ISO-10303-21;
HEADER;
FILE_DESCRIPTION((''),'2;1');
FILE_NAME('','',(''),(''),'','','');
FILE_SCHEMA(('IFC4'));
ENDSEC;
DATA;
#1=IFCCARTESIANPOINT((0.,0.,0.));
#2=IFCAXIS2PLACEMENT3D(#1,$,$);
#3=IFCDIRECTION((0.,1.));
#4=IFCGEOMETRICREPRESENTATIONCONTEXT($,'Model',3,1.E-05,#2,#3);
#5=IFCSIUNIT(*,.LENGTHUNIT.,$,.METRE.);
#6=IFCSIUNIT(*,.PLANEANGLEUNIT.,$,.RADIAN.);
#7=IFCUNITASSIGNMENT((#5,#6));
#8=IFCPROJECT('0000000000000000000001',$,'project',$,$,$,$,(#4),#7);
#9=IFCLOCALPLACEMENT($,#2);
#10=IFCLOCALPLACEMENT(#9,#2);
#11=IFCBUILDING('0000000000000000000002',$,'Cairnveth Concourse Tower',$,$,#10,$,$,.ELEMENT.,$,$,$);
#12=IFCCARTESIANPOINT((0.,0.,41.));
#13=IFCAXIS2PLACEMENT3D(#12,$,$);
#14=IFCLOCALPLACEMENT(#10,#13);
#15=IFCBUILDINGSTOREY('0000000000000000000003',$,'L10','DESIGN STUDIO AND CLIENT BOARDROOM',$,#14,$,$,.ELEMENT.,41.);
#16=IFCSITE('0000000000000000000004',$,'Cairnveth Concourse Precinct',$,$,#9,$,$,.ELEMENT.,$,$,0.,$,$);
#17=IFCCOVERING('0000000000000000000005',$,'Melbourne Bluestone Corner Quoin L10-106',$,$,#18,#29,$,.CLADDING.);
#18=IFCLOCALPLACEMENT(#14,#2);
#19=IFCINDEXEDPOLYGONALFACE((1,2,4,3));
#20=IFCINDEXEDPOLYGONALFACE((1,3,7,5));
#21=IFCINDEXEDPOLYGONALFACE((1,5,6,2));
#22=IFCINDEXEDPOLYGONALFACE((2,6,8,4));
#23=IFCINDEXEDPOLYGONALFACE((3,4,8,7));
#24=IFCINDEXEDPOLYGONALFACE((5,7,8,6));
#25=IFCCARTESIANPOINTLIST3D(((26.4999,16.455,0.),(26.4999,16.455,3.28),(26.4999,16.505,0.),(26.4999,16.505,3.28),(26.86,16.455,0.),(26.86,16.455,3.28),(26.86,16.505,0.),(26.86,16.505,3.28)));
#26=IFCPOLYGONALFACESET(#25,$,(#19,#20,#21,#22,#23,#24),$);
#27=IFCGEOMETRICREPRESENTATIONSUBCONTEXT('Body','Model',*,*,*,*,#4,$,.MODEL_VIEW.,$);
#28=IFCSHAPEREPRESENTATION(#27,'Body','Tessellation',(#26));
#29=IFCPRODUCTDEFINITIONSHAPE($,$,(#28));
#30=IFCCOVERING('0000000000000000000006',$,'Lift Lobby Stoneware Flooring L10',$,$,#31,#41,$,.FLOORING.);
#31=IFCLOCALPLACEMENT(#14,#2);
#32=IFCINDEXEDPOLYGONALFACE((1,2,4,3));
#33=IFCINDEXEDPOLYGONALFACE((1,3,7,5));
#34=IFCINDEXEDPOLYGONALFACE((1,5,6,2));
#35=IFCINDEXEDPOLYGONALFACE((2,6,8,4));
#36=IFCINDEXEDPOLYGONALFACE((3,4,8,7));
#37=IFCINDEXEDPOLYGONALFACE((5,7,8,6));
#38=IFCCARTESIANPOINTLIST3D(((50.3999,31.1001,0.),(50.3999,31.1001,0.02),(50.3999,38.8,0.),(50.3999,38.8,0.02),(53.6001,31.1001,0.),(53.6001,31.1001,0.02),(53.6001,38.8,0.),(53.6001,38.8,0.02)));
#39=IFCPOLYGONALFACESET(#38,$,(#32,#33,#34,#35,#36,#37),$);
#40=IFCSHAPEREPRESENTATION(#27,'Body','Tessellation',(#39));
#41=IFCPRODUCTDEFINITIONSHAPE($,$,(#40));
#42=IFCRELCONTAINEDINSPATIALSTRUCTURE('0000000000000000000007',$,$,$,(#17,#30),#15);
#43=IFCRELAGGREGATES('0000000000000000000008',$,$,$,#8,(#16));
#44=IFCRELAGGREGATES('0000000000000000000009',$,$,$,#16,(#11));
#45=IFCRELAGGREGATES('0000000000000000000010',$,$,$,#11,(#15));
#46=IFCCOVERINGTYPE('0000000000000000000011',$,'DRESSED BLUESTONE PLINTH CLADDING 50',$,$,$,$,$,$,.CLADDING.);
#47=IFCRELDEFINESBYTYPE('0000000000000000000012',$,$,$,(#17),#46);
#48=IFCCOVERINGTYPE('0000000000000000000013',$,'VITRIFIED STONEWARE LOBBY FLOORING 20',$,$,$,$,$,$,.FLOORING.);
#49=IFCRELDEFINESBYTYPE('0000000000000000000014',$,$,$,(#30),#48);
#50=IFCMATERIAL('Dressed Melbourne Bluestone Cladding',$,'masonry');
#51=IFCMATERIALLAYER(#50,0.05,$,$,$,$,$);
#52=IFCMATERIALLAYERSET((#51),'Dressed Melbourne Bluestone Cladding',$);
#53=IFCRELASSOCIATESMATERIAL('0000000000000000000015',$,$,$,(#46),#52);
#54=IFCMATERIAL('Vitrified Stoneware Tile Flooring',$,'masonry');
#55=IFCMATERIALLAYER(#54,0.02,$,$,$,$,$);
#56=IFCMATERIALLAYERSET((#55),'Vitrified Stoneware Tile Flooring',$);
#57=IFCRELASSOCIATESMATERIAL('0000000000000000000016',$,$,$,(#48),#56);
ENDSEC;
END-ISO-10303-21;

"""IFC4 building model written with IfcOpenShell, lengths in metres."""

from ifc_helpers import new_model, si_unit, direction, frame, frame_2d, origin, place, context, subcontext, project, spatial, polyline, rectangle, outline, extrude, material, layer, layer_set, type_object, element, save


model = new_model("IFC4")

# Units and contexts
model_context = context("Model", 3, precision=1e-05, world=origin(), true_north=direction((0.0, 1.0)))
body_context = subcontext(model_context, "Body", "Model", "MODEL_VIEW")
ifc_project = project(units=[si_unit("LENGTHUNIT", "METRE"), si_unit("PLANEANGLEUNIT", "RADIAN")], contexts=[model_context])

# Site, building, storey
site_placement = place(None, origin())
site = spatial("IfcSite", under=ifc_project, at=site_placement, Name="Cairnveth Concourse Precinct", CompositionType="ELEMENT", RefElevation=0.0)
building_placement = place(site_placement, origin())
building = spatial("IfcBuilding", under=site, at=building_placement, Name="Cairnveth Concourse Tower", CompositionType="ELEMENT")
storey_placement = place(building_placement, frame((0.0, 0.0, 41.0)))
storey = spatial("IfcBuildingStorey", under=building, at=storey_placement, Name="L10", Description="DESIGN STUDIO AND CLIENT BOARDROOM", CompositionType="ELEMENT", Elevation=41.0)

# Coverings
ifc_material_1 = material(Name="Dressed Melbourne Bluestone Cladding", Category="masonry")
ifc_layer_1 = layer(ifc_material_1, 0.05)
ifc_layer_set_1 = layer_set([ifc_layer_1], Name="Dressed Melbourne Bluestone Cladding")
covering_type_1 = type_object("IfcCoveringType", Name="DRESSED BLUESTONE PLINTH CLADDING 50", PredefinedType="CLADDING", material=ifc_layer_set_1)
covering_1_placement = place(storey_placement, frame((26.8601, 16.48, 0.0), z_axis=(0.0, 0.0, 1.0), x_axis=(-1.0, 0.0, 0.0)))
element("IfcCovering", 1, at=covering_1_placement, inside=storey, type_object=covering_type_1, Name="Melbourne Bluestone Corner Quoin L10-106", PredefinedType="CLADDING", context=body_context, shape_type="SweptSolid", body=[
    extrude(rectangle(XDim=0.3601, YDim=0.05, at=frame_2d((0.1802, 0.0))), origin(), (0.0, 0.0, 1.0), 3.28),
])
ifc_material_2 = material(Name="Vitrified Stoneware Tile Flooring", Category="masonry")
ifc_layer_2 = layer(ifc_material_2, 0.02)
ifc_layer_set_2 = layer_set([ifc_layer_2], Name="Vitrified Stoneware Tile Flooring")
covering_type_2 = type_object("IfcCoveringType", Name="VITRIFIED STONEWARE LOBBY FLOORING 20", PredefinedType="FLOORING", material=ifc_layer_set_2)
covering_2_placement = place(storey_placement, origin())
element("IfcCovering", 2, at=covering_2_placement, inside=storey, type_object=covering_type_2, Name="Lift Lobby Stoneware Flooring L10", PredefinedType="FLOORING", context=body_context, shape_type="SweptSolid", body=[
    extrude(outline(polyline([(50.3999, 31.1001), (53.6001, 31.1001), (53.6001, 38.8), (50.3999, 38.8), (50.3999, 31.1001)])), origin(), (0.0, 0.0, 1.0), 0.02),
])

save(model, "model.ifc")
